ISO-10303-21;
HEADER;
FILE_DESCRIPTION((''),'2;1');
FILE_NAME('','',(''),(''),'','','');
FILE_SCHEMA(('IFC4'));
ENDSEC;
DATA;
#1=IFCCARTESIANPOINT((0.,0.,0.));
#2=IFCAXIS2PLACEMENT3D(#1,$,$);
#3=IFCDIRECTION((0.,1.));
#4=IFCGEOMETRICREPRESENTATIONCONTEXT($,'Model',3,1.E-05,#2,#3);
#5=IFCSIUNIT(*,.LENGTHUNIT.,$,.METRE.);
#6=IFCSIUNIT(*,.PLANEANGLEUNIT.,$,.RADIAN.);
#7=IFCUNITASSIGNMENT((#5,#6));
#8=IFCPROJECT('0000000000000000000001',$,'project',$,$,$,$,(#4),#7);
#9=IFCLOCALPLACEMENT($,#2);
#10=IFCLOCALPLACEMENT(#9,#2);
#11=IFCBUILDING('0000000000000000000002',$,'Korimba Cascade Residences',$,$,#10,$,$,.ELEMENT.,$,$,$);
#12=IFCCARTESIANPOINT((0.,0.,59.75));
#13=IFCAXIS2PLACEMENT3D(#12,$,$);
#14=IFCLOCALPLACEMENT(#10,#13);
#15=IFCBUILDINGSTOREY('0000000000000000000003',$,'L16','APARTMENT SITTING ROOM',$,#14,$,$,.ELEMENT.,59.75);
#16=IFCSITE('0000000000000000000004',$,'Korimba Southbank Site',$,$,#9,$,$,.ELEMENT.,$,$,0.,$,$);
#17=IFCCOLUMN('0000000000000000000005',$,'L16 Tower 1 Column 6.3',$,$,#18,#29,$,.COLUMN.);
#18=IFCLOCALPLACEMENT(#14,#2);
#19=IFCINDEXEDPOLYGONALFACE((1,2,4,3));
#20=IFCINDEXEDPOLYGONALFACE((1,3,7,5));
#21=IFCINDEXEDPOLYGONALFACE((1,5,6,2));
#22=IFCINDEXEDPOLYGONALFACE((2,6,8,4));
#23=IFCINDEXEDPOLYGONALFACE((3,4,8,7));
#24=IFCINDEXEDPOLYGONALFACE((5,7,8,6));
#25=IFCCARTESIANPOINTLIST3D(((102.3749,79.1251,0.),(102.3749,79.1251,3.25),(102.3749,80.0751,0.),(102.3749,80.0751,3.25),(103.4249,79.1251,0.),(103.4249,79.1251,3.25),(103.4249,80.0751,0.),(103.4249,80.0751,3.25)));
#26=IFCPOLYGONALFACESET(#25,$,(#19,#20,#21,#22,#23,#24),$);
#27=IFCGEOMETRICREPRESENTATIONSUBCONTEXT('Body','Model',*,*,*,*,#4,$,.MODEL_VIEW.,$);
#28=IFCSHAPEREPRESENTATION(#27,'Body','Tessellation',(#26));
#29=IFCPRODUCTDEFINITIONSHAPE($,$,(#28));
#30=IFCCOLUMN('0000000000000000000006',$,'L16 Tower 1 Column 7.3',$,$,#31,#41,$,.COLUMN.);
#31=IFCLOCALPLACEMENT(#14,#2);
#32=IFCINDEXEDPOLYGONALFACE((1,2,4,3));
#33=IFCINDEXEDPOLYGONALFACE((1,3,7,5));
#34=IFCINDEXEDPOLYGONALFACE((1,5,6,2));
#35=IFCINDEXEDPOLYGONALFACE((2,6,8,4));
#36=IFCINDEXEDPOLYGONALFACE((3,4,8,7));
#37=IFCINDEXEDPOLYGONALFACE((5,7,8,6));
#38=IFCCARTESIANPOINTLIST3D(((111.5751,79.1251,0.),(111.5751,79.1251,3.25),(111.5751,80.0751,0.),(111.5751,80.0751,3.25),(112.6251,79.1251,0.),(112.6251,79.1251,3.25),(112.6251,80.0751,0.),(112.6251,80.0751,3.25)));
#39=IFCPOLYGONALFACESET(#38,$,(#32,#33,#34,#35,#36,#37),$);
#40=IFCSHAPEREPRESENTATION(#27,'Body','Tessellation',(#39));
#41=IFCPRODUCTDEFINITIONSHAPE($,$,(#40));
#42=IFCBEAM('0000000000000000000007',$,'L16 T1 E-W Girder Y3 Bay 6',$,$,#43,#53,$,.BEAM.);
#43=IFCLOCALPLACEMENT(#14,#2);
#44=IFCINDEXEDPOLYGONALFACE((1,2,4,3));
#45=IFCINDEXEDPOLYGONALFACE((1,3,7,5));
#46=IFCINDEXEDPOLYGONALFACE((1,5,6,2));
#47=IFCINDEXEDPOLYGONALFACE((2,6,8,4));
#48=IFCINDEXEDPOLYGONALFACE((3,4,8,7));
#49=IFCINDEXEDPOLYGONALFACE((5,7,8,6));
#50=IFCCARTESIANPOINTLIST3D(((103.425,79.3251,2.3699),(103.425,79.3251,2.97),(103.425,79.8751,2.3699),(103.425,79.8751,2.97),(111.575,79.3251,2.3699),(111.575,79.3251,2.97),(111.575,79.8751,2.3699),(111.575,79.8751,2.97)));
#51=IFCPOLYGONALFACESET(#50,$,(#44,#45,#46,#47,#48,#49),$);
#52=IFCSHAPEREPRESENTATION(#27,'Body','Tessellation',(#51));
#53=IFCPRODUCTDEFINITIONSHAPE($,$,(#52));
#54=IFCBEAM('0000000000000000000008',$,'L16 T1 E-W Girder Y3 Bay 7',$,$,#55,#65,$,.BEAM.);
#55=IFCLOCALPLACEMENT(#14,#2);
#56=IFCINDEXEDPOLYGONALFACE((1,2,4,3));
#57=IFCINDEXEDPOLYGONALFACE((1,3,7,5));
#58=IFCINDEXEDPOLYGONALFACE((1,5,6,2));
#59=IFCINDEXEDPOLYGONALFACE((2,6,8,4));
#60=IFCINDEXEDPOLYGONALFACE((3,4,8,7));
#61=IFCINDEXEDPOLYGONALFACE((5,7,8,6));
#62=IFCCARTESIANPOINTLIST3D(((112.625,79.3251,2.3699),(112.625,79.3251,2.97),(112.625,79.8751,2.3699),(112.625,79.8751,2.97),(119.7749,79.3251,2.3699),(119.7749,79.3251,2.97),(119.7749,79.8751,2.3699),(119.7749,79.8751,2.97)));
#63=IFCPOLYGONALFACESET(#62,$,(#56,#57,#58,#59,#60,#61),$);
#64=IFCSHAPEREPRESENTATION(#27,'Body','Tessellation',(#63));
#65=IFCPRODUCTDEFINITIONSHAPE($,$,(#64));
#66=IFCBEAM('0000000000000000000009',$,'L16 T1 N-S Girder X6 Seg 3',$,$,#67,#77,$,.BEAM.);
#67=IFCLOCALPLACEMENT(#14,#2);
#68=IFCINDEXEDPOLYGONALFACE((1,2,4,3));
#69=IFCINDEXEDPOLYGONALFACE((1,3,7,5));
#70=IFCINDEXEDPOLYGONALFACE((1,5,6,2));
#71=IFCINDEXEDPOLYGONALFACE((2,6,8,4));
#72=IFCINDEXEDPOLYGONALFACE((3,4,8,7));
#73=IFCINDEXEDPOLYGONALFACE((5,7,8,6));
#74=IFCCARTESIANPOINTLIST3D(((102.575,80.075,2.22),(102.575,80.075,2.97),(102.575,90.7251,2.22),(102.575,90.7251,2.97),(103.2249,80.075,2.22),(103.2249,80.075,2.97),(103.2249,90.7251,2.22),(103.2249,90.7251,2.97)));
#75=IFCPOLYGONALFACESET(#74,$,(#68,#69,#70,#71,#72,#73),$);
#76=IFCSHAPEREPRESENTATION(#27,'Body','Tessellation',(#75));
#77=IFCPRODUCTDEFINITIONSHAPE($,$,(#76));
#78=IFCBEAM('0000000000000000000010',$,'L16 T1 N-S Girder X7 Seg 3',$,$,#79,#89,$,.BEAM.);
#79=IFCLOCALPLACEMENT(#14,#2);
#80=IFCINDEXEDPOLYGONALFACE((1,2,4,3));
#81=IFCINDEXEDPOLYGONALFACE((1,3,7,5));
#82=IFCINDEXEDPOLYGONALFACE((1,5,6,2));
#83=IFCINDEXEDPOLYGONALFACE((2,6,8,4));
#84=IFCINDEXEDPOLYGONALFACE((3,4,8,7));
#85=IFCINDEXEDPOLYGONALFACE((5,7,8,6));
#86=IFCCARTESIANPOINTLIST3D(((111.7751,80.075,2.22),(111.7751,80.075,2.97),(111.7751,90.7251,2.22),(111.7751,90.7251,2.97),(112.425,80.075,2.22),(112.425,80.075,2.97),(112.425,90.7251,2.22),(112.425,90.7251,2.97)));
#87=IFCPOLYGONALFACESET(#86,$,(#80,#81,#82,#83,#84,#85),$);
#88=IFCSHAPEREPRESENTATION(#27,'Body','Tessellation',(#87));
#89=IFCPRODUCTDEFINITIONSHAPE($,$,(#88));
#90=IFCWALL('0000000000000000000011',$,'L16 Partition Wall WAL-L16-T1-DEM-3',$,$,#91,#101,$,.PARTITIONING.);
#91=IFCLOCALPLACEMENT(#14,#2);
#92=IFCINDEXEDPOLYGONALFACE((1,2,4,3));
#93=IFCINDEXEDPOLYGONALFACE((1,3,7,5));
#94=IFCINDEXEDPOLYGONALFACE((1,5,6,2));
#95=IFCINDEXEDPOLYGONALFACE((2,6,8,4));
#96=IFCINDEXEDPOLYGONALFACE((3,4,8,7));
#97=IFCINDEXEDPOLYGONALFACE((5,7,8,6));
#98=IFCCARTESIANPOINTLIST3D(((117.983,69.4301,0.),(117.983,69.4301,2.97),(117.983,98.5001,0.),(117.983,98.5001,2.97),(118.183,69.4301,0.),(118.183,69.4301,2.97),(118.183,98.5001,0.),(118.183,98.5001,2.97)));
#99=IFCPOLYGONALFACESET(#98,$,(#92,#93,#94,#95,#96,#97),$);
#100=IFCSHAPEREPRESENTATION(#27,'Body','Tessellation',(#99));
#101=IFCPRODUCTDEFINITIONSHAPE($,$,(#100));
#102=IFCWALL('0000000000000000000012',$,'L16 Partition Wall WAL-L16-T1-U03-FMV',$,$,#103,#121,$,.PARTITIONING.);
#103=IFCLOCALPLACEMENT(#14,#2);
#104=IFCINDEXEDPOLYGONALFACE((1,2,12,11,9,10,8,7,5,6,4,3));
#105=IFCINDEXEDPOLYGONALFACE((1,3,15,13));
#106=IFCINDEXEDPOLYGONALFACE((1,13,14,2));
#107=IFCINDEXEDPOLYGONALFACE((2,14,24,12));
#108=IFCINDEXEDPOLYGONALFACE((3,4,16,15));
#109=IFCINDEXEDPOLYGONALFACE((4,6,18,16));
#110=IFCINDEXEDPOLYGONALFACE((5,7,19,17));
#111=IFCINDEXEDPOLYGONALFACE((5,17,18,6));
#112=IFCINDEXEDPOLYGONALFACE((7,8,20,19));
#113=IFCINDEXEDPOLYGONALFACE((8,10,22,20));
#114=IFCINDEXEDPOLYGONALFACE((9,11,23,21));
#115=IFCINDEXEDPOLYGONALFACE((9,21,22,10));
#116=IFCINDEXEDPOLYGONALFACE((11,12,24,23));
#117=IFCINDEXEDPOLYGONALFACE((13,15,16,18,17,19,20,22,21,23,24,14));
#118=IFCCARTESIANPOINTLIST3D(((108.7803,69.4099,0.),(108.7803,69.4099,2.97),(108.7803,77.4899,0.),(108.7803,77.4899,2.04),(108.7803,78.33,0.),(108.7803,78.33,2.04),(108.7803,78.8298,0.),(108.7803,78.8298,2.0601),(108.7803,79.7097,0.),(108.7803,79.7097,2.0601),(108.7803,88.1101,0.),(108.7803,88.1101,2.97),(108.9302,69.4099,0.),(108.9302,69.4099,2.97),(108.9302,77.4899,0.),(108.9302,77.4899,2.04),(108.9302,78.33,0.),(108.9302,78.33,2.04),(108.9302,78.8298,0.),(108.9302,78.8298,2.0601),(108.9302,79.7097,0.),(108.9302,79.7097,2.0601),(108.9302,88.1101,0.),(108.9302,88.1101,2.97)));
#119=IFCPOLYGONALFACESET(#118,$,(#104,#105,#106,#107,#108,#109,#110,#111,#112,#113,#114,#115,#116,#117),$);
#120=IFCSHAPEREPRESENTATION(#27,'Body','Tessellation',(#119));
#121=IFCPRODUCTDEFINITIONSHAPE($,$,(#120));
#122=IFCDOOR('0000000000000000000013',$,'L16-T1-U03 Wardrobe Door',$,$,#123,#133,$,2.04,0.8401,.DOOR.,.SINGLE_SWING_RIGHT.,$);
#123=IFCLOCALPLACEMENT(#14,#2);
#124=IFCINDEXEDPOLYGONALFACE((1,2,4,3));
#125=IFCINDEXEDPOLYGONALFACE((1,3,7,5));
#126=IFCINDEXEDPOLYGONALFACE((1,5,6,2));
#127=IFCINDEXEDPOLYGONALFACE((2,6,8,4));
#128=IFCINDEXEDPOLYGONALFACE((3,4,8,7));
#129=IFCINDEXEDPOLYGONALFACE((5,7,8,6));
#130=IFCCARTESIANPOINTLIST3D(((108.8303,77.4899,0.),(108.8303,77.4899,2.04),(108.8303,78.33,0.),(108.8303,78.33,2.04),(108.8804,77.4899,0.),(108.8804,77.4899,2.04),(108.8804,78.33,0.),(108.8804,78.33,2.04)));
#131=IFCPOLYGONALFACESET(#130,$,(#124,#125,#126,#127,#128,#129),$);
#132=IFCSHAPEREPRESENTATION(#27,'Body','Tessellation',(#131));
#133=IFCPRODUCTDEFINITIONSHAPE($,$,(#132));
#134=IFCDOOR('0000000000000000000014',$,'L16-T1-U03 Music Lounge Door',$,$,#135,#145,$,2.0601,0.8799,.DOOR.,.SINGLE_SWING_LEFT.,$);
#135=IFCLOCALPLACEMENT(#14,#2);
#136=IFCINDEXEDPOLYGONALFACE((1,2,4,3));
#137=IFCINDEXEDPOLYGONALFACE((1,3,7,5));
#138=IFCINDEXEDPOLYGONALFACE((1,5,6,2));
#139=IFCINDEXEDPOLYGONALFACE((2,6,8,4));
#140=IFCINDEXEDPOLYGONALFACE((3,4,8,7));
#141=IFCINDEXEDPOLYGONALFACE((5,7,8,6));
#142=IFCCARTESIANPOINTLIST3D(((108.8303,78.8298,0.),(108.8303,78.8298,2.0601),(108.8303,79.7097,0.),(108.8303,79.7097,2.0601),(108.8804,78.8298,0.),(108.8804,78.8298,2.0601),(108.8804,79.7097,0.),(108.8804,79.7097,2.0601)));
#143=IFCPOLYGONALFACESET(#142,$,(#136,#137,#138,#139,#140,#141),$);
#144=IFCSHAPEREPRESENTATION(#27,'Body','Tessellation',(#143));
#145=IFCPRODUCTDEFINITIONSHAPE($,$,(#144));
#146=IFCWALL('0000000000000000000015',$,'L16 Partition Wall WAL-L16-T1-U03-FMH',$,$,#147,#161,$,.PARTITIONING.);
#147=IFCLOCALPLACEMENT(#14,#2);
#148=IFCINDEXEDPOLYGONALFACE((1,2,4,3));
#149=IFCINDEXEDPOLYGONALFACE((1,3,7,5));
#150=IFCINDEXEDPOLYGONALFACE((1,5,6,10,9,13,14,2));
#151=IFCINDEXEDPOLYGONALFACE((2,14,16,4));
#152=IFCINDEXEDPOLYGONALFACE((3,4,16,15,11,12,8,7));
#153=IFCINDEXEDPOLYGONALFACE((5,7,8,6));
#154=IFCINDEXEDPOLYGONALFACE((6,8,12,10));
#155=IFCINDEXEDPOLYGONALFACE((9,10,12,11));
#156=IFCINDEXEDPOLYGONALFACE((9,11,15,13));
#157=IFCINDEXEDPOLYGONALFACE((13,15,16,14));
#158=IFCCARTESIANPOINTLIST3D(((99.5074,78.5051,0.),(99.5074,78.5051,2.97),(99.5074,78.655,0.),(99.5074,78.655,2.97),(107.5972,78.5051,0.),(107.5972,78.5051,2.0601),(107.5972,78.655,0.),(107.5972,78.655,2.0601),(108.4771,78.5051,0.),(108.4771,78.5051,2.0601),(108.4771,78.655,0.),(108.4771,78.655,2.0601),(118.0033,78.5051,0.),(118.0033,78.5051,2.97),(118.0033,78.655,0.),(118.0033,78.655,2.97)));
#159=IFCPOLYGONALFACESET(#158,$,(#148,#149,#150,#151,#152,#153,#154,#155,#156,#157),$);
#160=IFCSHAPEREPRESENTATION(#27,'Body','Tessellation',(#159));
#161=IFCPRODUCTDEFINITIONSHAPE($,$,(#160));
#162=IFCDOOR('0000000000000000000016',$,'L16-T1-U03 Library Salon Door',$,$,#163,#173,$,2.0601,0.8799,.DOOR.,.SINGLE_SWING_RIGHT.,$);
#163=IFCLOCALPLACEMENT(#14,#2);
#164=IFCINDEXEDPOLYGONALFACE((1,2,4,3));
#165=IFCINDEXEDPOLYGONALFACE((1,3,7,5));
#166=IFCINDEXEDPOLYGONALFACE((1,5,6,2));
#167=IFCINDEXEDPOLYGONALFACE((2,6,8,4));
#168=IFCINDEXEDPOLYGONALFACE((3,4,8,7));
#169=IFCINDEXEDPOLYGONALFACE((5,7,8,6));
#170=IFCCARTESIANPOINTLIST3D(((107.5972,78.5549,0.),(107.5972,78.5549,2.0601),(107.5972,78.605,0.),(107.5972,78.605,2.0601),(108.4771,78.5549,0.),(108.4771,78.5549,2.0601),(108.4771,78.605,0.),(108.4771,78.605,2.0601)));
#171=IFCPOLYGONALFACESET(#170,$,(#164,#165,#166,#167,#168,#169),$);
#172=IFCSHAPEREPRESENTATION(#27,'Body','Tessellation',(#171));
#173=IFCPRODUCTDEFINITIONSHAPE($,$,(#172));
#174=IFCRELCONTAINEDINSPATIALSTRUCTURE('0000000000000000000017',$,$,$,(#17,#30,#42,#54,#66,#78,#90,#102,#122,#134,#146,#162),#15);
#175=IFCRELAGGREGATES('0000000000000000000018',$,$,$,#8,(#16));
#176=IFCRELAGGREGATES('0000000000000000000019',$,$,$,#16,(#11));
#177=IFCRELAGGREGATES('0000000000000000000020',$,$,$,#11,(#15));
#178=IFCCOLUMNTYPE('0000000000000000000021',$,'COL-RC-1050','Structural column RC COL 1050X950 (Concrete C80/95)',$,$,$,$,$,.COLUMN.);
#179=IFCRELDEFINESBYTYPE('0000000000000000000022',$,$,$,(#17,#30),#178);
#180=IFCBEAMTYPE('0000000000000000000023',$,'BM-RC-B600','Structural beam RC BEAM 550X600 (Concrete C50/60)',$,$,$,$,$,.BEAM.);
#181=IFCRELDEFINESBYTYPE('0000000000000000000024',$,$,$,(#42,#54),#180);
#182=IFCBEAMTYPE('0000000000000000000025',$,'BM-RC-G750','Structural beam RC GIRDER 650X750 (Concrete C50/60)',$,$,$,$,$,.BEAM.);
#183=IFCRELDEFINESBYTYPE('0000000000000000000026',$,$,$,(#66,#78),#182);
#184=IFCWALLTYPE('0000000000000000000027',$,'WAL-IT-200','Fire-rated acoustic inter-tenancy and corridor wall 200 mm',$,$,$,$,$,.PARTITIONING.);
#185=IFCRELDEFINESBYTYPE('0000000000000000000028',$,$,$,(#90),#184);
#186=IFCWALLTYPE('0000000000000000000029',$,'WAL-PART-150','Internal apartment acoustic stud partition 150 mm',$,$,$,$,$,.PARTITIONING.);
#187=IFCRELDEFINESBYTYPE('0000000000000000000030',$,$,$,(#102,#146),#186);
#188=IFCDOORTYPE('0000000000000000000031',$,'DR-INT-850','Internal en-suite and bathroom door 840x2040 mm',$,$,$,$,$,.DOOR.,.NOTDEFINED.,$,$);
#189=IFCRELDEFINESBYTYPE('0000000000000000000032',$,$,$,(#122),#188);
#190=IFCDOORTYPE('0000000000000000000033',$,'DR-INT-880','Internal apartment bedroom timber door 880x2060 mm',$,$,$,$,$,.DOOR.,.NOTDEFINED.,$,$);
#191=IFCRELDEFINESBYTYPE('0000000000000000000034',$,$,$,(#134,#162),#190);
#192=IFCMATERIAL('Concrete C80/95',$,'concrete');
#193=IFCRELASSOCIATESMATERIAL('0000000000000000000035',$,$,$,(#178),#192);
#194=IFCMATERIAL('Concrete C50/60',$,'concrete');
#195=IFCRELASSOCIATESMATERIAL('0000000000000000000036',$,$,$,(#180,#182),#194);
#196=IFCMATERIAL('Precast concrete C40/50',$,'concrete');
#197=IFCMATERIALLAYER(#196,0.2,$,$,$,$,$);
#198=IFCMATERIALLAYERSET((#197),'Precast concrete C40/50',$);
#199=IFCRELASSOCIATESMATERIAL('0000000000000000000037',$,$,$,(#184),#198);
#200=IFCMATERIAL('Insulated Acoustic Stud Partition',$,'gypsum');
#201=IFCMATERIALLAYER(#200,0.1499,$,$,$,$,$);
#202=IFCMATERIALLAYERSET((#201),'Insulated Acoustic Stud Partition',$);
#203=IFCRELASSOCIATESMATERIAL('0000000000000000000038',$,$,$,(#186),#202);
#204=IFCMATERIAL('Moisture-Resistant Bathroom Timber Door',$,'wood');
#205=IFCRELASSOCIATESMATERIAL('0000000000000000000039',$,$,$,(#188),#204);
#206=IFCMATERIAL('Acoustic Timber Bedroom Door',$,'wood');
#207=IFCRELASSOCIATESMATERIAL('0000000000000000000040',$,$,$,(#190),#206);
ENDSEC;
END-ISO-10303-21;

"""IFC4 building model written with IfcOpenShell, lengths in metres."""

from ifc_helpers import new_model, si_unit, direction, frame, frame_2d, origin, origin_2d, place, context, subcontext, project, spatial, rectangle, extrude, material, layer, layer_set, material_profile, profile_set, type_object, element, fill, save


model = new_model("IFC4")

# Units and contexts
model_context = context("Model", 3, precision=1e-05, world=origin(), true_north=direction((0.0, 1.0)))
body_context = subcontext(model_context, "Body", "Model", "MODEL_VIEW")
ifc_project = project(units=[si_unit("LENGTHUNIT", "METRE"), si_unit("PLANEANGLEUNIT", "RADIAN")], contexts=[model_context])

# Site, building, storey
site_placement = place(None, origin())
site = spatial("IfcSite", under=ifc_project, at=site_placement, Name="Korimba Southbank Site", CompositionType="ELEMENT", RefElevation=0.0)
building_placement = place(site_placement, origin())
building = spatial("IfcBuilding", under=site, at=building_placement, Name="Korimba Cascade Residences", CompositionType="ELEMENT")
storey_placement = place(building_placement, frame((0.0, 0.0, 59.75)))
storey = spatial("IfcBuildingStorey", under=building, at=storey_placement, Name="L16", Description="APARTMENT SITTING ROOM", CompositionType="ELEMENT", Elevation=59.75)

# Columns
ifc_material_1 = material(Name="Concrete C80/95", Category="concrete")
ifc_material_profile_1 = material_profile(ifc_material_1, rectangle(XDim=1.05, YDim=0.95, at=origin_2d()), Name="Concrete C80/95")
ifc_profile_set_1 = profile_set([ifc_material_profile_1], Name="Concrete C80/95")
column_type = type_object("IfcColumnType", Name="COL-RC-1050", Description="Structural column RC COL 1050X950 (Concrete C80/95)", PredefinedType="COLUMN", material=ifc_profile_set_1)
for number, where, z_axis, x_axis, name in (
    (1, (102.8999, 79.6001, 0.0), (0.0, 0.0, 1.0), (1.0, 0.0, 0.0), "L16 Tower 1 Column 6.3"),
    (2, (112.1001, 79.6001, 0.0), (0.0, 0.0, 1.0), (1.0, 0.0, 0.0), "L16 Tower 1 Column 7.3"),
):
    element("IfcColumn", number, at=place(storey_placement, frame(where, z_axis=z_axis, x_axis=x_axis)), inside=storey, type_object=column_type, Name=name, PredefinedType="COLUMN", context=body_context, shape_type="SweptSolid", body=[
        extrude(rectangle(XDim=1.05, YDim=0.95, at=origin_2d()), origin(), (0.0, 0.0, 1.0), 3.25),
    ])

# Beams
ifc_material_2 = material(Name="Concrete C50/60", Category="concrete")
ifc_material_profile_2 = material_profile(ifc_material_2, rectangle(XDim=0.55, YDim=0.6001, at=origin_2d()), Name="Concrete C50/60")
ifc_profile_set_2 = profile_set([ifc_material_profile_2], Name="Concrete C50/60")
beam_type_1 = type_object("IfcBeamType", Name="BM-RC-B600", Description="Structural beam RC BEAM 550X600 (Concrete C50/60)", PredefinedType="BEAM", material=ifc_profile_set_2)
beam_1_placement = place(storey_placement, frame((103.425, 79.6001, 2.6699), z_axis=(1.0, 0.0, 0.0), x_axis=(0.0, 1.0, 0.0)))
element("IfcBeam", 3, at=beam_1_placement, inside=storey, type_object=beam_type_1, Name="L16 T1 E-W Girder Y3 Bay 6", PredefinedType="BEAM", context=body_context, shape_type="SweptSolid", body=[
    extrude(rectangle(XDim=0.55, YDim=0.6001, at=origin_2d()), origin(), (0.0, 0.0, 1.0), 8.1499),
])
beam_2_placement = place(storey_placement, frame((112.625, 79.6001, 2.6699), z_axis=(1.0, 0.0, 0.0), x_axis=(0.0, 1.0, 0.0)))
element("IfcBeam", 4, at=beam_2_placement, inside=storey, type_object=beam_type_1, Name="L16 T1 E-W Girder Y3 Bay 7", PredefinedType="BEAM", context=body_context, shape_type="SweptSolid", body=[
    extrude(rectangle(XDim=0.55, YDim=0.6001, at=origin_2d()), origin(), (0.0, 0.0, 1.0), 7.1499),
])
ifc_material_profile_3 = material_profile(ifc_material_2, rectangle(XDim=0.6499, YDim=0.75, at=origin_2d()), Name="Concrete C50/60")
ifc_profile_set_3 = profile_set([ifc_material_profile_3], Name="Concrete C50/60")
beam_type_2 = type_object("IfcBeamType", Name="BM-RC-G750", Description="Structural beam RC GIRDER 650X750 (Concrete C50/60)", PredefinedType="BEAM", material=ifc_profile_set_3)
for number, where, z_axis, x_axis, name in (
    (5, (102.8999, 80.075, 2.595), (0.0, 1.0, 0.0), (-1.0, 0.0, 0.0), "L16 T1 N-S Girder X6 Seg 3"),
    (6, (112.1001, 80.075, 2.595), (0.0, 1.0, 0.0), (-1.0, 0.0, 0.0), "L16 T1 N-S Girder X7 Seg 3"),
):
    element("IfcBeam", number, at=place(storey_placement, frame(where, z_axis=z_axis, x_axis=x_axis)), inside=storey, type_object=beam_type_2, Name=name, PredefinedType="BEAM", context=body_context, shape_type="SweptSolid", body=[
        extrude(rectangle(XDim=0.6499, YDim=0.75, at=origin_2d()), origin(), (0.0, 0.0, 1.0), 10.6501),
    ])

# Wall
ifc_material_3 = material(Name="Precast concrete C40/50", Category="concrete")
ifc_layer_1 = layer(ifc_material_3, 0.2)
ifc_layer_set_1 = layer_set([ifc_layer_1], Name="Precast concrete C40/50")
wall_type_1 = type_object("IfcWallType", Name="WAL-IT-200", Description="Fire-rated acoustic inter-tenancy and corridor wall 200 mm", PredefinedType="PARTITIONING", material=ifc_layer_set_1)
wall_1_placement = place(storey_placement, frame((118.083, 69.4299, 0.0), z_axis=(0.0, 0.0, 1.0), x_axis=(0.0, 1.0, 0.0)))
element("IfcWall", 7, at=wall_1_placement, inside=storey, type_object=wall_type_1, Name="L16 Partition Wall WAL-L16-T1-DEM-3", PredefinedType="PARTITIONING", context=body_context, shape_type="SweptSolid", body=[
    extrude(rectangle(XDim=29.0701, YDim=0.2, at=frame_2d((14.5352, 0.0))), origin(), (0.0, 0.0, 1.0), 2.97),
])

# Wall, openings, doors
ifc_material_4 = material(Name="Insulated Acoustic Stud Partition", Category="gypsum")
ifc_layer_2 = layer(ifc_material_4, 0.1499)
ifc_layer_set_2 = layer_set([ifc_layer_2], Name="Insulated Acoustic Stud Partition")
wall_type_2 = type_object("IfcWallType", Name="WAL-PART-150", Description="Internal apartment acoustic stud partition 150 mm", PredefinedType="PARTITIONING", material=ifc_layer_set_2)
wall_2_placement = place(storey_placement, frame((108.8552, 69.4099, 0.0), z_axis=(0.0, 0.0, 1.0), x_axis=(0.0, 1.0, 0.0)))
wall_2 = element("IfcWall", 8, at=wall_2_placement, inside=storey, type_object=wall_type_2, Name="L16 Partition Wall WAL-L16-T1-U03-FMV", PredefinedType="PARTITIONING", context=body_context, shape_type="SweptSolid", body=[
    extrude(rectangle(XDim=18.7002, YDim=0.1499, at=frame_2d((9.3501, 0.0))), origin(), (0.0, 0.0, 1.0), 2.97),
])
opening_1_placement = place(wall_2_placement, frame((8.0801, 0.0, 0.0)))
opening_1 = element("IfcOpeningElement", 9, at=opening_1_placement, cuts=wall_2, PredefinedType="OPENING", context=body_context, shape_type="SweptSolid", body=[
    extrude(rectangle(XDim=0.8401, YDim=2.04, at=frame_2d((0.4199, 1.02))), frame((0.0, 0.085, 0.0), z_axis=(0.0, -1.0, 0.0), x_axis=(1.0, 0.0, 0.0)), (0.0, 0.0, 1.0), 0.1699),
])
opening_2_placement = place(wall_2_placement, frame((9.4199, 0.0, 0.0)))
opening_2 = element("IfcOpeningElement", 10, at=opening_2_placement, cuts=wall_2, PredefinedType="OPENING", context=body_context, shape_type="SweptSolid", body=[
    extrude(rectangle(XDim=0.8799, YDim=2.0601, at=frame_2d((0.4399, 1.03))), frame((0.0, 0.085, 0.0), z_axis=(0.0, -1.0, 0.0), x_axis=(1.0, 0.0, 0.0)), (0.0, 0.0, 1.0), 0.1699),
])
ifc_material_5 = material(Name="Moisture-Resistant Bathroom Timber Door", Category="wood")
door_type_1 = type_object("IfcDoorType", Name="DR-INT-850", Description="Internal en-suite and bathroom door 840x2040 mm", OperationType="NOTDEFINED", PredefinedType="DOOR", material=ifc_material_5)
door_1_placement = place(opening_1_placement, origin())
door_1 = element("IfcDoor", 11, at=door_1_placement, inside=storey, type_object=door_type_1, Name="L16-T1-U03 Wardrobe Door", OperationType="SINGLE_SWING_RIGHT", OverallHeight=2.04, OverallWidth=0.8401, PredefinedType="DOOR", context=body_context, shape_type="SweptSolid", body=[
    extrude(rectangle(XDim=0.8401, YDim=2.04, at=frame_2d((0.4199, 1.02))), frame((0.0, 0.0249, 0.0), z_axis=(0.0, -1.0, 0.0), x_axis=(1.0, 0.0, 0.0)), (0.0, 0.0, 1.0), 0.05),
])
fill(opening_1, door_1)
ifc_material_6 = material(Name="Acoustic Timber Bedroom Door", Category="wood")
door_type_2 = type_object("IfcDoorType", Name="DR-INT-880", Description="Internal apartment bedroom timber door 880x2060 mm", OperationType="NOTDEFINED", PredefinedType="DOOR", material=ifc_material_6)
door_2_placement = place(opening_2_placement, origin())
door_2 = element("IfcDoor", 12, at=door_2_placement, inside=storey, type_object=door_type_2, Name="L16-T1-U03 Music Lounge Door", OperationType="SINGLE_SWING_LEFT", OverallHeight=2.0601, OverallWidth=0.8799, PredefinedType="DOOR", context=body_context, shape_type="SweptSolid", body=[
    extrude(rectangle(XDim=0.8799, YDim=2.0601, at=frame_2d((0.4399, 1.03))), frame((0.0, 0.0249, 0.0), z_axis=(0.0, -1.0, 0.0), x_axis=(1.0, 0.0, 0.0)), (0.0, 0.0, 1.0), 0.05),
])
fill(opening_2, door_2)

# Wall, opening, door
wall_3_placement = place(storey_placement, frame((99.5073, 78.5801, 0.0), z_axis=(0.0, 0.0, 1.0), x_axis=(1.0, 0.0, 0.0)))
wall_3 = element("IfcWall", 13, at=wall_3_placement, inside=storey, type_object=wall_type_2, Name="L16 Partition Wall WAL-L16-T1-U03-FMH", PredefinedType="PARTITIONING", context=body_context, shape_type="SweptSolid", body=[
    extrude(rectangle(XDim=18.4958, YDim=0.1499, at=frame_2d((9.248, 0.0))), origin(), (0.0, 0.0, 1.0), 2.97),
])
opening_3_placement = place(wall_3_placement, frame((8.0898, 0.0, 0.0)))
opening_3 = element("IfcOpeningElement", 14, at=opening_3_placement, cuts=wall_3, PredefinedType="OPENING", context=body_context, shape_type="SweptSolid", body=[
    extrude(rectangle(XDim=0.8799, YDim=2.0601, at=frame_2d((0.4399, 1.03))), frame((0.0, 0.085, 0.0), z_axis=(0.0, -1.0, 0.0), x_axis=(1.0, 0.0, 0.0)), (0.0, 0.0, 1.0), 0.1699),
])
door_3_placement = place(opening_3_placement, origin())
door_3 = element("IfcDoor", 15, at=door_3_placement, inside=storey, type_object=door_type_2, Name="L16-T1-U03 Library Salon Door", OperationType="SINGLE_SWING_RIGHT", OverallHeight=2.0601, OverallWidth=0.8799, PredefinedType="DOOR", context=body_context, shape_type="SweptSolid", body=[
    extrude(rectangle(XDim=0.8799, YDim=2.0601, at=frame_2d((0.4399, 1.03))), frame((0.0, 0.0249, 0.0), z_axis=(0.0, -1.0, 0.0), x_axis=(1.0, 0.0, 0.0)), (0.0, 0.0, 1.0), 0.05),
])
fill(opening_3, door_3)

save(model, "model.ifc")
